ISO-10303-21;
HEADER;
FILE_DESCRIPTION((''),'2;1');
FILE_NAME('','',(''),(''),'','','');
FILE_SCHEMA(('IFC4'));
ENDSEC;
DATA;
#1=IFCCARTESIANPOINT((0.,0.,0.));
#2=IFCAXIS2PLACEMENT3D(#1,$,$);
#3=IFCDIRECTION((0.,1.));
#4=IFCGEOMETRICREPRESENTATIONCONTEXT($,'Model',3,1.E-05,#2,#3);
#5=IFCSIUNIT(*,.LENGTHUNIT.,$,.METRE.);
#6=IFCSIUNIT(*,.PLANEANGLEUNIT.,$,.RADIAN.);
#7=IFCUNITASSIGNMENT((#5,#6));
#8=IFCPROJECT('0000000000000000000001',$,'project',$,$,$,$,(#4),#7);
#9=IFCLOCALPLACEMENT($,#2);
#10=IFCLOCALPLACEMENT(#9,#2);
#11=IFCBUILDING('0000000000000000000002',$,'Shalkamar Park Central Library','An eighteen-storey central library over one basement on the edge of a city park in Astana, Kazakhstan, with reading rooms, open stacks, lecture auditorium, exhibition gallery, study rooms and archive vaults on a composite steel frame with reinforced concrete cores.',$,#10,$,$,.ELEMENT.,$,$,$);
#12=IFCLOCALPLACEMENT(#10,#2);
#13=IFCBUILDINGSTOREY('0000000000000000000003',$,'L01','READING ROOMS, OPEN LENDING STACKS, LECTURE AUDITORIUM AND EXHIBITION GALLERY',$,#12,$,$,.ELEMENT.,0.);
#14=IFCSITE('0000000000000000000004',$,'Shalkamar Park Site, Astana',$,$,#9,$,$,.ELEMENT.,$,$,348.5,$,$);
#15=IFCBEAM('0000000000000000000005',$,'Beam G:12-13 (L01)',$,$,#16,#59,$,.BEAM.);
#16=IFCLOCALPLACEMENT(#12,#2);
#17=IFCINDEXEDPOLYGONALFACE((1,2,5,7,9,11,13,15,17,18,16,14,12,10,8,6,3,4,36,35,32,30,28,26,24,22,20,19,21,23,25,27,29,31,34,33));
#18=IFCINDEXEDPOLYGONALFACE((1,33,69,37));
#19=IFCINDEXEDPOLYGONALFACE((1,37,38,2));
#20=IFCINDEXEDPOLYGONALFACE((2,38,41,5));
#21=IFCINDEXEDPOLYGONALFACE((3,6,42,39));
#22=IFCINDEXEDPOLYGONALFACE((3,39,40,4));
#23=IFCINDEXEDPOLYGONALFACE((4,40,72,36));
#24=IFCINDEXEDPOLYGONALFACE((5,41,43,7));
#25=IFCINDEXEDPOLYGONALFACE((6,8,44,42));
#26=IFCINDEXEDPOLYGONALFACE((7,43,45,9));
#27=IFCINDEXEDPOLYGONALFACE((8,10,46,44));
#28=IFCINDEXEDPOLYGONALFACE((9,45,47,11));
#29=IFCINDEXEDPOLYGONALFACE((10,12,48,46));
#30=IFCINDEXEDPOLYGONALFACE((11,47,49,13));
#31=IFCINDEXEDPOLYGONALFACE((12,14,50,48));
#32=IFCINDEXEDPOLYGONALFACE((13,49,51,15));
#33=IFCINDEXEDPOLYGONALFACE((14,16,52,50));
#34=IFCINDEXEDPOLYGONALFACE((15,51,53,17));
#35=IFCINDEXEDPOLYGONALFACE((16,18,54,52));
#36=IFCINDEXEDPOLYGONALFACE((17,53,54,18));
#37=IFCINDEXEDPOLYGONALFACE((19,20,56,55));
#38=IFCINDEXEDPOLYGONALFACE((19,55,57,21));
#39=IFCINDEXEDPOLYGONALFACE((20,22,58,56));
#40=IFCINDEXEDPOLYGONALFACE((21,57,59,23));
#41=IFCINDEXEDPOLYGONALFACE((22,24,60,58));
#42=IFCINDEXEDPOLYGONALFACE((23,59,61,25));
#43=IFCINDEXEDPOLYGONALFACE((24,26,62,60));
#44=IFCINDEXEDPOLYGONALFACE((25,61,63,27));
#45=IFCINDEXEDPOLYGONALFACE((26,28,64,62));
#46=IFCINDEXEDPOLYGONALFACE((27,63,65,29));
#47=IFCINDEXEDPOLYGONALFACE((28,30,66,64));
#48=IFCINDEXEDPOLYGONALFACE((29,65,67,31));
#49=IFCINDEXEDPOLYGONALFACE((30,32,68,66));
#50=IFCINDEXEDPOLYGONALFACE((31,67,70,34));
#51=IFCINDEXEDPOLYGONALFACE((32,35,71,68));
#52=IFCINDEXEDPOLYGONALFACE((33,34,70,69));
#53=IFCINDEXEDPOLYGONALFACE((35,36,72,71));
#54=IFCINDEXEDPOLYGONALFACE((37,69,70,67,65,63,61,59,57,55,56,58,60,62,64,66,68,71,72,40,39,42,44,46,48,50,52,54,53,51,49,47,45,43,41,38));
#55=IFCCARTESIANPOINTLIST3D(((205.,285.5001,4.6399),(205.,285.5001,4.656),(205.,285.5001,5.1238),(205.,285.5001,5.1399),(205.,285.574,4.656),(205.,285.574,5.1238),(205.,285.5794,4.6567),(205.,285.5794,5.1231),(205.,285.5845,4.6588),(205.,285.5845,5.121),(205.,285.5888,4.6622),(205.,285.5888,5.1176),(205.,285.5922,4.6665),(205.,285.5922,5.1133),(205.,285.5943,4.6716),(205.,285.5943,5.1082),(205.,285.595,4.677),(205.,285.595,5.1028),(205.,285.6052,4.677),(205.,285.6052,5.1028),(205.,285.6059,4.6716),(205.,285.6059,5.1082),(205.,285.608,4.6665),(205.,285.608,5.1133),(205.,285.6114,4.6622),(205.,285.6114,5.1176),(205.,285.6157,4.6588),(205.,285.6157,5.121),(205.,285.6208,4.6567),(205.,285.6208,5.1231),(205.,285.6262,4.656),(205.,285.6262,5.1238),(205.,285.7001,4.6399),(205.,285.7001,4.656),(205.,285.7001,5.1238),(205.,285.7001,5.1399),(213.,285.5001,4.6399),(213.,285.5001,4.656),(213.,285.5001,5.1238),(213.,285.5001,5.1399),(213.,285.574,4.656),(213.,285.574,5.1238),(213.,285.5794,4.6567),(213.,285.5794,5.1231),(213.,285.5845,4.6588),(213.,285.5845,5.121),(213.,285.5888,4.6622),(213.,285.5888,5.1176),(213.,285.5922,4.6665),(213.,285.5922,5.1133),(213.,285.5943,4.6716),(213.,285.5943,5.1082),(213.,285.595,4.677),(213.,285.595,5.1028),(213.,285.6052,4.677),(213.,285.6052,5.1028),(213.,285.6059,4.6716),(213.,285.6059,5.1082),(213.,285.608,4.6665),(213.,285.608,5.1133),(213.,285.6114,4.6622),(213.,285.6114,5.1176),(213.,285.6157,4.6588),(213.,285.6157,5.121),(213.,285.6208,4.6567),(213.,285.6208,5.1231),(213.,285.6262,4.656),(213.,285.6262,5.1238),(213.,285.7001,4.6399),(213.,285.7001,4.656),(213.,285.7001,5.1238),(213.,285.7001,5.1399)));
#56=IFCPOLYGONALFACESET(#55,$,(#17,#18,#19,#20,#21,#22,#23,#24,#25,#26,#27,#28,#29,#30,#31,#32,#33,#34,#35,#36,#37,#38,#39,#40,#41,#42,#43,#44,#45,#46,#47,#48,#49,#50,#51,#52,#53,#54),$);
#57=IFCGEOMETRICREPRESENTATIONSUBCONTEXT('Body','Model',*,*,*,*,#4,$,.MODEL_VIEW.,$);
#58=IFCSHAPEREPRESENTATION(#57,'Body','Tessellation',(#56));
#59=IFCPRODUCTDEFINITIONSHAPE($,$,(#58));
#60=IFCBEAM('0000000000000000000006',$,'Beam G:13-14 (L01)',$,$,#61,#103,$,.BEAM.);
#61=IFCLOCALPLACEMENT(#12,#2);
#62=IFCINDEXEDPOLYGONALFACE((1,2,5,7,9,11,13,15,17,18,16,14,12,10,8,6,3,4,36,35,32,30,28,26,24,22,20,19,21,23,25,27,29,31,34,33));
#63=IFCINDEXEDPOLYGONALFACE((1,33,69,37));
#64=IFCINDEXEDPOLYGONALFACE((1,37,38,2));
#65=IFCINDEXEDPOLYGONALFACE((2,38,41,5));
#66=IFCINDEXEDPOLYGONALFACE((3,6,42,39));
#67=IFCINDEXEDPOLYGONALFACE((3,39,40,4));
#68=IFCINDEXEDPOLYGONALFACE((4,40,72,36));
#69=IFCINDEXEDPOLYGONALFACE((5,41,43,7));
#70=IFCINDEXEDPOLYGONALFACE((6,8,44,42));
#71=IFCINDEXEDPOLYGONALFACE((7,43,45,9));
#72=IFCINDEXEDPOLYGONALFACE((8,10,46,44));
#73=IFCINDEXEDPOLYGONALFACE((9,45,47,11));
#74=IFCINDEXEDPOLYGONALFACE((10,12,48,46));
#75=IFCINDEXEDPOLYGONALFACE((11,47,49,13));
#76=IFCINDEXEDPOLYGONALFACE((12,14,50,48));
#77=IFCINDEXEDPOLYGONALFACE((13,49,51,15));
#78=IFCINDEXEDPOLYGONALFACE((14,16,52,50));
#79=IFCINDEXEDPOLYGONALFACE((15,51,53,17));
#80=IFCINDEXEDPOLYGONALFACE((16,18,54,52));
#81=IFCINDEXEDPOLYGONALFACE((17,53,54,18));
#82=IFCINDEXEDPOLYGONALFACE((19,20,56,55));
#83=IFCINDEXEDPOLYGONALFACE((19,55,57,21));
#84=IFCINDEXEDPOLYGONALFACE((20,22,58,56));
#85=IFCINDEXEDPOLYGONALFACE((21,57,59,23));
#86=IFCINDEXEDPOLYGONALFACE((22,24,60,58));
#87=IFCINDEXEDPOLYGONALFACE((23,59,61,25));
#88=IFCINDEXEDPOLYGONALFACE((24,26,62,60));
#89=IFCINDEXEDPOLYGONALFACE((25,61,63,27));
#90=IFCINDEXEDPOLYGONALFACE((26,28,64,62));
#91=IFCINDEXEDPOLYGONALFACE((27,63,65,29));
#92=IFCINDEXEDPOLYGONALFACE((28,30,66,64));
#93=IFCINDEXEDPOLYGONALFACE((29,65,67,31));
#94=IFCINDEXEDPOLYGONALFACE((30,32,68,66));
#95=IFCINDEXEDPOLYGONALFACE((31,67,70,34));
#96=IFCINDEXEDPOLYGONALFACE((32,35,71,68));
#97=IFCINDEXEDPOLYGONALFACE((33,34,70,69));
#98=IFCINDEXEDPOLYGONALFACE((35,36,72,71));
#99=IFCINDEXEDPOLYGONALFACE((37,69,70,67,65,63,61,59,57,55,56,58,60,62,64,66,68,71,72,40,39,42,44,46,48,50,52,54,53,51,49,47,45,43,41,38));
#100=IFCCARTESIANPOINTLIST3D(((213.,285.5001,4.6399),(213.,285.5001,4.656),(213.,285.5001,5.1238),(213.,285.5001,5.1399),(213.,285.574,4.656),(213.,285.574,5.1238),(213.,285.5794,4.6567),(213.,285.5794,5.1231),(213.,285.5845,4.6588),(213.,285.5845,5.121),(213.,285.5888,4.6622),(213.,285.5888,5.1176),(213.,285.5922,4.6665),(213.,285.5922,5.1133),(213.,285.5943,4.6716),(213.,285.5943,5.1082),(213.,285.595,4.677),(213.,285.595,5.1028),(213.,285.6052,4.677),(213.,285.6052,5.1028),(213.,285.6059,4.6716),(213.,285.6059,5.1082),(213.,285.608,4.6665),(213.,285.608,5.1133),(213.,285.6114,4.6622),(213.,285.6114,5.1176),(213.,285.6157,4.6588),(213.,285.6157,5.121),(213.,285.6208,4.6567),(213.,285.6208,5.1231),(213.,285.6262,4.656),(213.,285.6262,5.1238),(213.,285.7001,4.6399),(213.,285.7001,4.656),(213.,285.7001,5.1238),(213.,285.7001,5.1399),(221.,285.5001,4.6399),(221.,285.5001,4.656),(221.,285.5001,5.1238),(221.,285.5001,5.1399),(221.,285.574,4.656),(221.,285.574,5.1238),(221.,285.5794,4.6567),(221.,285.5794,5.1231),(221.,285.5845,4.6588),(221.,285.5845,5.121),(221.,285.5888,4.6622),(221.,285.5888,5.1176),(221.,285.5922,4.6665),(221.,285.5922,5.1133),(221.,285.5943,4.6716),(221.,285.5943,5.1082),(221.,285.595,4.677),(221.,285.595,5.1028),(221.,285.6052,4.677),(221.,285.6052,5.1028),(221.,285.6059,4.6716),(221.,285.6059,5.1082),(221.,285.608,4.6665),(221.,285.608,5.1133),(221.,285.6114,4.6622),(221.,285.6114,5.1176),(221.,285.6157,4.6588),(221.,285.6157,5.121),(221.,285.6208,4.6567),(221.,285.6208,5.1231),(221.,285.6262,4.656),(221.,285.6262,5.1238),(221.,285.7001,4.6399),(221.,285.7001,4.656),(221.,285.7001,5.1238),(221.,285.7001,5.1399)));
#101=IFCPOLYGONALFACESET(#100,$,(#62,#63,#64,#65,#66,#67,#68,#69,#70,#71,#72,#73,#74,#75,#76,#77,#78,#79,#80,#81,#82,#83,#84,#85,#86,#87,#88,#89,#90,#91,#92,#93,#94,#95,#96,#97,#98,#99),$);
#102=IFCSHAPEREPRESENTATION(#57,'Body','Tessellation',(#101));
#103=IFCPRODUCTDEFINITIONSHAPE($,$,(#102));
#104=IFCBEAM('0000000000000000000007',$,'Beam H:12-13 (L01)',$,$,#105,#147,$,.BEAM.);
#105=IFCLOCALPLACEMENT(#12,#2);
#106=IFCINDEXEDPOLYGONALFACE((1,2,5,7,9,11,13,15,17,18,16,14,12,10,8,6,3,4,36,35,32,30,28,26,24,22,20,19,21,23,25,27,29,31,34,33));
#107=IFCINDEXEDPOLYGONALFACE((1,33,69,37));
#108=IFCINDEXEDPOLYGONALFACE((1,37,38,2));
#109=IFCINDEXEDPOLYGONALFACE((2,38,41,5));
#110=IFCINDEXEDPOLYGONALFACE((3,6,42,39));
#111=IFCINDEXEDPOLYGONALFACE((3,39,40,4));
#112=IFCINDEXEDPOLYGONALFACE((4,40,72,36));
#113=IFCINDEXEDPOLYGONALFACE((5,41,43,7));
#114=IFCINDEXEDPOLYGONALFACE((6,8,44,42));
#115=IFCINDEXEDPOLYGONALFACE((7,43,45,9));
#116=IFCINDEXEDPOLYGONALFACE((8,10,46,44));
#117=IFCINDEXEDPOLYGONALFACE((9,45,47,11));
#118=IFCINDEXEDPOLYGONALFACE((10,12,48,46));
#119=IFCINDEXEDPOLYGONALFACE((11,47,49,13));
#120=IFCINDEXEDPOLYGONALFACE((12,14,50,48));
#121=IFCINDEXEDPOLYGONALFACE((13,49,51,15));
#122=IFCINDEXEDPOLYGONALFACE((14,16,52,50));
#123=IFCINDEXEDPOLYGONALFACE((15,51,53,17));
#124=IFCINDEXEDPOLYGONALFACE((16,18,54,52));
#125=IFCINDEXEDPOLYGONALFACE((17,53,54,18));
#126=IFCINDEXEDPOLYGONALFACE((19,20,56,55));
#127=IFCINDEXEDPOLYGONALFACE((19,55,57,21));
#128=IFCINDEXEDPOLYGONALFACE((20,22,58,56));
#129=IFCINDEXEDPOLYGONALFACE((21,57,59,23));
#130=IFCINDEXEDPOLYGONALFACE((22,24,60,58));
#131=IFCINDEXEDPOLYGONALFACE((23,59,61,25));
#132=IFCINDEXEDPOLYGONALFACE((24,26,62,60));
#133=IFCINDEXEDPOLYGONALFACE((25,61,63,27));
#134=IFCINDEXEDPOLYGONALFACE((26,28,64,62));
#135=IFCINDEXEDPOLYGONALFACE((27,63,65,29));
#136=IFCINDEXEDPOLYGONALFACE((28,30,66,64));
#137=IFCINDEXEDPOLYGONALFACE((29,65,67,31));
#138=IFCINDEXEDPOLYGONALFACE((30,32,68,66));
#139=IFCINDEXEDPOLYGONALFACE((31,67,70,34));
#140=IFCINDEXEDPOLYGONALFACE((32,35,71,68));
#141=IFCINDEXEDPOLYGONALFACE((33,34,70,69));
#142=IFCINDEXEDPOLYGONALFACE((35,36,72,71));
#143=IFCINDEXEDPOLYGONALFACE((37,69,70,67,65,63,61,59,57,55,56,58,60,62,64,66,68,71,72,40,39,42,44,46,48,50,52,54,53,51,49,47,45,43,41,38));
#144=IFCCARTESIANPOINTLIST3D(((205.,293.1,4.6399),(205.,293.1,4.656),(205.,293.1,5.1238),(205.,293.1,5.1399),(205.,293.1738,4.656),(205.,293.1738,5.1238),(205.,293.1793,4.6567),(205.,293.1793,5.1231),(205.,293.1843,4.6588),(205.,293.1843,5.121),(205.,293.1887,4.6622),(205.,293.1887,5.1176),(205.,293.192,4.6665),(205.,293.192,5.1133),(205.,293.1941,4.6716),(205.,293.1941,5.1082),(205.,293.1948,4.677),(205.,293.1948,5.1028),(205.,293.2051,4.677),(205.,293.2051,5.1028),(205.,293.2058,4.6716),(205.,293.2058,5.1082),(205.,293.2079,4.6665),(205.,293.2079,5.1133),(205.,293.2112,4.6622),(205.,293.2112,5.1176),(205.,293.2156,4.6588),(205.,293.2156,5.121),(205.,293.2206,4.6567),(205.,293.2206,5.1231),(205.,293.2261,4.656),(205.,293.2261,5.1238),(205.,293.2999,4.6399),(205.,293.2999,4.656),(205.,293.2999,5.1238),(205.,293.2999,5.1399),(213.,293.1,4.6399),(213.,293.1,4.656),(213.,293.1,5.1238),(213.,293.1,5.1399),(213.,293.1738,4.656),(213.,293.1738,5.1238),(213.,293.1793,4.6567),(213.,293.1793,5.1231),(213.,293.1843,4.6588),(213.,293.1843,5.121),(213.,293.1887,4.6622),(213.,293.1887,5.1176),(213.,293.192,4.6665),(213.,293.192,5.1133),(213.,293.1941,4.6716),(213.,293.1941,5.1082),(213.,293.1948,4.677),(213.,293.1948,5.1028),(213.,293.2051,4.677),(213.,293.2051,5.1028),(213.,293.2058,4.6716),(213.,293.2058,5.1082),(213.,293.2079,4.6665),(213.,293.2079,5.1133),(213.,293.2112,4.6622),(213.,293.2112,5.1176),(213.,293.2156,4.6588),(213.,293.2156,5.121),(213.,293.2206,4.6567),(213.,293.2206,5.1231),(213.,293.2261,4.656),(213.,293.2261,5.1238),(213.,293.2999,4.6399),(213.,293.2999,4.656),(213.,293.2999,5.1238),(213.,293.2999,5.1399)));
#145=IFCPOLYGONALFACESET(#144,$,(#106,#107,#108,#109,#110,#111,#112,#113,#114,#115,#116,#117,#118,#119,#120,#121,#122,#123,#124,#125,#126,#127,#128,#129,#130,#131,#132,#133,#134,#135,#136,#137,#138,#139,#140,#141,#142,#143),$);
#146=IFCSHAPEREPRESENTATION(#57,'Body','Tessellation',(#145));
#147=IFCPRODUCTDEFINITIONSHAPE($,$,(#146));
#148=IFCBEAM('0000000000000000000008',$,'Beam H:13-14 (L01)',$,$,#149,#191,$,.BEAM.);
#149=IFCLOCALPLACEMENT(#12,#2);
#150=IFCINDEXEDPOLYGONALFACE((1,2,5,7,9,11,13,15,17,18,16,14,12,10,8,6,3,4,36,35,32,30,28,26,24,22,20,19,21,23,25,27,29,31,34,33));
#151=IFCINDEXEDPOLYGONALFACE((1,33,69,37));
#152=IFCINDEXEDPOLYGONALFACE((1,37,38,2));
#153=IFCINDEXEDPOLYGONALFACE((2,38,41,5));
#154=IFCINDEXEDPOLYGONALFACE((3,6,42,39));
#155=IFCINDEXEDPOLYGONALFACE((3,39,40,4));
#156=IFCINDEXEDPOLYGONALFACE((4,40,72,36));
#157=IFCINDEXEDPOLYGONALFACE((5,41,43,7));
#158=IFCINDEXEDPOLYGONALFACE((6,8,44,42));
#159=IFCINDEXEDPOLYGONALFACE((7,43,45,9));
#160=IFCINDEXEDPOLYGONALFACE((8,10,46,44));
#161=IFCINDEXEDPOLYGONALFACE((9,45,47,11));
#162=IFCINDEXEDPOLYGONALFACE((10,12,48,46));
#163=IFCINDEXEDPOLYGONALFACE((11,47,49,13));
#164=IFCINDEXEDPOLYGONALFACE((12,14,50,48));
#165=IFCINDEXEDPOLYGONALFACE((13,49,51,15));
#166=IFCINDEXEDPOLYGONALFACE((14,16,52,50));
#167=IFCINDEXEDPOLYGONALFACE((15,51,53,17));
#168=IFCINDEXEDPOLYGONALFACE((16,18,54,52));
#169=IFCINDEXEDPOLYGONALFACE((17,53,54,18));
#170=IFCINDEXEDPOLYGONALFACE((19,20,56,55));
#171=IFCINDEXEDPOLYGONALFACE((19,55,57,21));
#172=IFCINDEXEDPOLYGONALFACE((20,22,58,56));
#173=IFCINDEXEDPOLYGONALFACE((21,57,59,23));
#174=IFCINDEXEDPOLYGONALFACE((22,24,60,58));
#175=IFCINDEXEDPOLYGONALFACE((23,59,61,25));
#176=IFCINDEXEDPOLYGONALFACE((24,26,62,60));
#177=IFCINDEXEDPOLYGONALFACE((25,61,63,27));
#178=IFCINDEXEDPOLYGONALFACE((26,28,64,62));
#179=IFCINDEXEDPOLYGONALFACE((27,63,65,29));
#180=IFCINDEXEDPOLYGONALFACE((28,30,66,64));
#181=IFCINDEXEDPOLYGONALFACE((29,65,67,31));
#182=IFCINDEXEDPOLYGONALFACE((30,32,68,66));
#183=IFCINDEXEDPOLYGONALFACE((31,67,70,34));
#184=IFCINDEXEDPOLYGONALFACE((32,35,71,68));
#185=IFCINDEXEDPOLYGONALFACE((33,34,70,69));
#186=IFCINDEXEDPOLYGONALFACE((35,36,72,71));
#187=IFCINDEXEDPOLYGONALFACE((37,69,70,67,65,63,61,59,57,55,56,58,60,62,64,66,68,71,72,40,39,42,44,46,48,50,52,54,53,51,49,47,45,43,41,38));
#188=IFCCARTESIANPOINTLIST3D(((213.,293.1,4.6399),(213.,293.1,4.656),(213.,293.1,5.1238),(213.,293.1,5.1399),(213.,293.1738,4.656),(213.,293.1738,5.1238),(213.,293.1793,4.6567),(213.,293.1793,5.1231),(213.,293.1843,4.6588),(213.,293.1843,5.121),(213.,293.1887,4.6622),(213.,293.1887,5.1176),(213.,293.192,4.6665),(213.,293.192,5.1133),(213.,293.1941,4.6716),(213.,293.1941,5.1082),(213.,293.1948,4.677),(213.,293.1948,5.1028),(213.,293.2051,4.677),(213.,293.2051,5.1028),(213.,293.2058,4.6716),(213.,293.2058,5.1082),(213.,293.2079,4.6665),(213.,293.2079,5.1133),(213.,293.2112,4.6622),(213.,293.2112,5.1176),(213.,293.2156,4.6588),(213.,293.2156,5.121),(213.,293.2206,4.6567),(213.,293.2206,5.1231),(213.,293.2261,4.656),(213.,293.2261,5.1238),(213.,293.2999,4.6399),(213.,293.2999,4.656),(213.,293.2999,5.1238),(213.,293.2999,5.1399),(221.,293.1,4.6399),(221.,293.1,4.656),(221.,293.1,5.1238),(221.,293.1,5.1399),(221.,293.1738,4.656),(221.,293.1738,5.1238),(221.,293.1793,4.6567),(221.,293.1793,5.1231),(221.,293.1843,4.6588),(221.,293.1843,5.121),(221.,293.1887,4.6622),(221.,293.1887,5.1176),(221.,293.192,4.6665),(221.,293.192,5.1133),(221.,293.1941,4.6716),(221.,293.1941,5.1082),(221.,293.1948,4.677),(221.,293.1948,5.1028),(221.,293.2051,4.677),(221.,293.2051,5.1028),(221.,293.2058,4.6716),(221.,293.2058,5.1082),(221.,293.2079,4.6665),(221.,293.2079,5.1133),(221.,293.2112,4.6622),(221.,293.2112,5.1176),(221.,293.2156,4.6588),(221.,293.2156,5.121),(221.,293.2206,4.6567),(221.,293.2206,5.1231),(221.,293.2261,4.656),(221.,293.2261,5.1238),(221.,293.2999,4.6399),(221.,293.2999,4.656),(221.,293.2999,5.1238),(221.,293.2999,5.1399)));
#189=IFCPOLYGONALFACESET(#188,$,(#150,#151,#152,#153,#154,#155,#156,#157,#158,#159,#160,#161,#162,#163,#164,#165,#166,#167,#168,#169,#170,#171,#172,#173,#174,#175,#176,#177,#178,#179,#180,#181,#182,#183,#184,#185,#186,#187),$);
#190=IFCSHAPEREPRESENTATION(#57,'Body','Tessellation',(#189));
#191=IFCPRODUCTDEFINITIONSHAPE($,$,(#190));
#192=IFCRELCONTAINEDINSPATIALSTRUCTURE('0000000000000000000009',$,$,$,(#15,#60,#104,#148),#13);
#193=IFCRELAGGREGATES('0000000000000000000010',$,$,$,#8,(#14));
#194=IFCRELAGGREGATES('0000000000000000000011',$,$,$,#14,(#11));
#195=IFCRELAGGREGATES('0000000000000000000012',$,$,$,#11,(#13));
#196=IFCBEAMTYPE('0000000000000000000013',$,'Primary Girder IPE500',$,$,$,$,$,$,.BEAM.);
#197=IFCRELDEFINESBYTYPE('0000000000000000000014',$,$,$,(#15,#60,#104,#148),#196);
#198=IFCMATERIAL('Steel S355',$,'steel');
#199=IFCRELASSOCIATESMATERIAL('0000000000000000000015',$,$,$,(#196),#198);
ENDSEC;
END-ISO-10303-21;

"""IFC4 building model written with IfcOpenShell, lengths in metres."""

from ifc_helpers import new_model, si_unit, direction, frame, origin, origin_2d, place, context, subcontext, project, spatial, i_section, extrude, material, material_profile, profile_set, type_object, element, save


model = new_model("IFC4")

# Units and contexts
model_context = context("Model", 3, precision=1e-05, world=origin(), true_north=direction((0.0, 1.0)))
body_context = subcontext(model_context, "Body", "Model", "MODEL_VIEW")
ifc_project = project(units=[si_unit("LENGTHUNIT", "METRE"), si_unit("PLANEANGLEUNIT", "RADIAN")], contexts=[model_context])

# Site, building, storey
site_placement = place(None, origin())
site = spatial("IfcSite", under=ifc_project, at=site_placement, Name="Shalkamar Park Site, Astana", CompositionType="ELEMENT", RefElevation=348.5)
building_placement = place(site_placement, origin())
building = spatial("IfcBuilding", under=site, at=building_placement, Name="Shalkamar Park Central Library", Description="An eighteen-storey central library over one basement on the edge of a city park in Astana, Kazakhstan, with reading rooms, open stacks, lecture auditorium, exhibition gallery, study rooms and archive vaults on a composite steel frame with reinforced concrete cores.", CompositionType="ELEMENT")
storey_placement = place(building_placement, origin())
storey = spatial("IfcBuildingStorey", under=building, at=storey_placement, Name="L01", Description="READING ROOMS, OPEN LENDING STACKS, LECTURE AUDITORIUM AND EXHIBITION GALLERY", CompositionType="ELEMENT", Elevation=0.0)

# Shared definitions
ifc_material = material(Name="Steel S355", Category="steel")

# Beams
ifc_material_profile_1 = material_profile(ifc_material, i_section(OverallWidth=0.2, OverallDepth=0.5, WebThickness=0.0103, FlangeThickness=0.0161, FilletRadius=0.021, at=origin_2d()), Name="IPE 500")
ifc_profile_set_1 = profile_set([ifc_material_profile_1], Name="Steel S355")
beam_type_1 = type_object("IfcBeamType", Name="Primary Girder IPE500", PredefinedType="BEAM", material=ifc_profile_set_1)
for number, where, z_axis, x_axis, name in (
    (1, (205.0, 285.6001, 4.8899), (1.0, 0.0, 0.0), (0.0, 1.0, 0.0), "Beam G:12-13 (L01)"),
    (2, (213.0, 285.6001, 4.8899), (1.0, 0.0, 0.0), (0.0, 1.0, 0.0), "Beam G:13-14 (L01)"),
    (3, (205.0, 293.2, 4.8899), (1.0, 0.0, 0.0), (0.0, 1.0, 0.0), "Beam H:12-13 (L01)"),
    (4, (213.0, 293.2, 4.8899), (1.0, 0.0, 0.0), (0.0, 1.0, 0.0), "Beam H:13-14 (L01)"),
):
    element("IfcBeam", number, at=place(storey_placement, frame(where, z_axis=z_axis, x_axis=x_axis)), inside=storey, type_object=beam_type_1, Name=name, PredefinedType="BEAM", context=body_context, shape_type="SweptSolid", body=[
        extrude(i_section(OverallWidth=0.2, OverallDepth=0.5, WebThickness=0.0103, FlangeThickness=0.0161, FilletRadius=0.021, at=origin_2d()), origin(), (0.0, 0.0, 1.0), 8.0),
    ])

save(model, "model.ifc")
